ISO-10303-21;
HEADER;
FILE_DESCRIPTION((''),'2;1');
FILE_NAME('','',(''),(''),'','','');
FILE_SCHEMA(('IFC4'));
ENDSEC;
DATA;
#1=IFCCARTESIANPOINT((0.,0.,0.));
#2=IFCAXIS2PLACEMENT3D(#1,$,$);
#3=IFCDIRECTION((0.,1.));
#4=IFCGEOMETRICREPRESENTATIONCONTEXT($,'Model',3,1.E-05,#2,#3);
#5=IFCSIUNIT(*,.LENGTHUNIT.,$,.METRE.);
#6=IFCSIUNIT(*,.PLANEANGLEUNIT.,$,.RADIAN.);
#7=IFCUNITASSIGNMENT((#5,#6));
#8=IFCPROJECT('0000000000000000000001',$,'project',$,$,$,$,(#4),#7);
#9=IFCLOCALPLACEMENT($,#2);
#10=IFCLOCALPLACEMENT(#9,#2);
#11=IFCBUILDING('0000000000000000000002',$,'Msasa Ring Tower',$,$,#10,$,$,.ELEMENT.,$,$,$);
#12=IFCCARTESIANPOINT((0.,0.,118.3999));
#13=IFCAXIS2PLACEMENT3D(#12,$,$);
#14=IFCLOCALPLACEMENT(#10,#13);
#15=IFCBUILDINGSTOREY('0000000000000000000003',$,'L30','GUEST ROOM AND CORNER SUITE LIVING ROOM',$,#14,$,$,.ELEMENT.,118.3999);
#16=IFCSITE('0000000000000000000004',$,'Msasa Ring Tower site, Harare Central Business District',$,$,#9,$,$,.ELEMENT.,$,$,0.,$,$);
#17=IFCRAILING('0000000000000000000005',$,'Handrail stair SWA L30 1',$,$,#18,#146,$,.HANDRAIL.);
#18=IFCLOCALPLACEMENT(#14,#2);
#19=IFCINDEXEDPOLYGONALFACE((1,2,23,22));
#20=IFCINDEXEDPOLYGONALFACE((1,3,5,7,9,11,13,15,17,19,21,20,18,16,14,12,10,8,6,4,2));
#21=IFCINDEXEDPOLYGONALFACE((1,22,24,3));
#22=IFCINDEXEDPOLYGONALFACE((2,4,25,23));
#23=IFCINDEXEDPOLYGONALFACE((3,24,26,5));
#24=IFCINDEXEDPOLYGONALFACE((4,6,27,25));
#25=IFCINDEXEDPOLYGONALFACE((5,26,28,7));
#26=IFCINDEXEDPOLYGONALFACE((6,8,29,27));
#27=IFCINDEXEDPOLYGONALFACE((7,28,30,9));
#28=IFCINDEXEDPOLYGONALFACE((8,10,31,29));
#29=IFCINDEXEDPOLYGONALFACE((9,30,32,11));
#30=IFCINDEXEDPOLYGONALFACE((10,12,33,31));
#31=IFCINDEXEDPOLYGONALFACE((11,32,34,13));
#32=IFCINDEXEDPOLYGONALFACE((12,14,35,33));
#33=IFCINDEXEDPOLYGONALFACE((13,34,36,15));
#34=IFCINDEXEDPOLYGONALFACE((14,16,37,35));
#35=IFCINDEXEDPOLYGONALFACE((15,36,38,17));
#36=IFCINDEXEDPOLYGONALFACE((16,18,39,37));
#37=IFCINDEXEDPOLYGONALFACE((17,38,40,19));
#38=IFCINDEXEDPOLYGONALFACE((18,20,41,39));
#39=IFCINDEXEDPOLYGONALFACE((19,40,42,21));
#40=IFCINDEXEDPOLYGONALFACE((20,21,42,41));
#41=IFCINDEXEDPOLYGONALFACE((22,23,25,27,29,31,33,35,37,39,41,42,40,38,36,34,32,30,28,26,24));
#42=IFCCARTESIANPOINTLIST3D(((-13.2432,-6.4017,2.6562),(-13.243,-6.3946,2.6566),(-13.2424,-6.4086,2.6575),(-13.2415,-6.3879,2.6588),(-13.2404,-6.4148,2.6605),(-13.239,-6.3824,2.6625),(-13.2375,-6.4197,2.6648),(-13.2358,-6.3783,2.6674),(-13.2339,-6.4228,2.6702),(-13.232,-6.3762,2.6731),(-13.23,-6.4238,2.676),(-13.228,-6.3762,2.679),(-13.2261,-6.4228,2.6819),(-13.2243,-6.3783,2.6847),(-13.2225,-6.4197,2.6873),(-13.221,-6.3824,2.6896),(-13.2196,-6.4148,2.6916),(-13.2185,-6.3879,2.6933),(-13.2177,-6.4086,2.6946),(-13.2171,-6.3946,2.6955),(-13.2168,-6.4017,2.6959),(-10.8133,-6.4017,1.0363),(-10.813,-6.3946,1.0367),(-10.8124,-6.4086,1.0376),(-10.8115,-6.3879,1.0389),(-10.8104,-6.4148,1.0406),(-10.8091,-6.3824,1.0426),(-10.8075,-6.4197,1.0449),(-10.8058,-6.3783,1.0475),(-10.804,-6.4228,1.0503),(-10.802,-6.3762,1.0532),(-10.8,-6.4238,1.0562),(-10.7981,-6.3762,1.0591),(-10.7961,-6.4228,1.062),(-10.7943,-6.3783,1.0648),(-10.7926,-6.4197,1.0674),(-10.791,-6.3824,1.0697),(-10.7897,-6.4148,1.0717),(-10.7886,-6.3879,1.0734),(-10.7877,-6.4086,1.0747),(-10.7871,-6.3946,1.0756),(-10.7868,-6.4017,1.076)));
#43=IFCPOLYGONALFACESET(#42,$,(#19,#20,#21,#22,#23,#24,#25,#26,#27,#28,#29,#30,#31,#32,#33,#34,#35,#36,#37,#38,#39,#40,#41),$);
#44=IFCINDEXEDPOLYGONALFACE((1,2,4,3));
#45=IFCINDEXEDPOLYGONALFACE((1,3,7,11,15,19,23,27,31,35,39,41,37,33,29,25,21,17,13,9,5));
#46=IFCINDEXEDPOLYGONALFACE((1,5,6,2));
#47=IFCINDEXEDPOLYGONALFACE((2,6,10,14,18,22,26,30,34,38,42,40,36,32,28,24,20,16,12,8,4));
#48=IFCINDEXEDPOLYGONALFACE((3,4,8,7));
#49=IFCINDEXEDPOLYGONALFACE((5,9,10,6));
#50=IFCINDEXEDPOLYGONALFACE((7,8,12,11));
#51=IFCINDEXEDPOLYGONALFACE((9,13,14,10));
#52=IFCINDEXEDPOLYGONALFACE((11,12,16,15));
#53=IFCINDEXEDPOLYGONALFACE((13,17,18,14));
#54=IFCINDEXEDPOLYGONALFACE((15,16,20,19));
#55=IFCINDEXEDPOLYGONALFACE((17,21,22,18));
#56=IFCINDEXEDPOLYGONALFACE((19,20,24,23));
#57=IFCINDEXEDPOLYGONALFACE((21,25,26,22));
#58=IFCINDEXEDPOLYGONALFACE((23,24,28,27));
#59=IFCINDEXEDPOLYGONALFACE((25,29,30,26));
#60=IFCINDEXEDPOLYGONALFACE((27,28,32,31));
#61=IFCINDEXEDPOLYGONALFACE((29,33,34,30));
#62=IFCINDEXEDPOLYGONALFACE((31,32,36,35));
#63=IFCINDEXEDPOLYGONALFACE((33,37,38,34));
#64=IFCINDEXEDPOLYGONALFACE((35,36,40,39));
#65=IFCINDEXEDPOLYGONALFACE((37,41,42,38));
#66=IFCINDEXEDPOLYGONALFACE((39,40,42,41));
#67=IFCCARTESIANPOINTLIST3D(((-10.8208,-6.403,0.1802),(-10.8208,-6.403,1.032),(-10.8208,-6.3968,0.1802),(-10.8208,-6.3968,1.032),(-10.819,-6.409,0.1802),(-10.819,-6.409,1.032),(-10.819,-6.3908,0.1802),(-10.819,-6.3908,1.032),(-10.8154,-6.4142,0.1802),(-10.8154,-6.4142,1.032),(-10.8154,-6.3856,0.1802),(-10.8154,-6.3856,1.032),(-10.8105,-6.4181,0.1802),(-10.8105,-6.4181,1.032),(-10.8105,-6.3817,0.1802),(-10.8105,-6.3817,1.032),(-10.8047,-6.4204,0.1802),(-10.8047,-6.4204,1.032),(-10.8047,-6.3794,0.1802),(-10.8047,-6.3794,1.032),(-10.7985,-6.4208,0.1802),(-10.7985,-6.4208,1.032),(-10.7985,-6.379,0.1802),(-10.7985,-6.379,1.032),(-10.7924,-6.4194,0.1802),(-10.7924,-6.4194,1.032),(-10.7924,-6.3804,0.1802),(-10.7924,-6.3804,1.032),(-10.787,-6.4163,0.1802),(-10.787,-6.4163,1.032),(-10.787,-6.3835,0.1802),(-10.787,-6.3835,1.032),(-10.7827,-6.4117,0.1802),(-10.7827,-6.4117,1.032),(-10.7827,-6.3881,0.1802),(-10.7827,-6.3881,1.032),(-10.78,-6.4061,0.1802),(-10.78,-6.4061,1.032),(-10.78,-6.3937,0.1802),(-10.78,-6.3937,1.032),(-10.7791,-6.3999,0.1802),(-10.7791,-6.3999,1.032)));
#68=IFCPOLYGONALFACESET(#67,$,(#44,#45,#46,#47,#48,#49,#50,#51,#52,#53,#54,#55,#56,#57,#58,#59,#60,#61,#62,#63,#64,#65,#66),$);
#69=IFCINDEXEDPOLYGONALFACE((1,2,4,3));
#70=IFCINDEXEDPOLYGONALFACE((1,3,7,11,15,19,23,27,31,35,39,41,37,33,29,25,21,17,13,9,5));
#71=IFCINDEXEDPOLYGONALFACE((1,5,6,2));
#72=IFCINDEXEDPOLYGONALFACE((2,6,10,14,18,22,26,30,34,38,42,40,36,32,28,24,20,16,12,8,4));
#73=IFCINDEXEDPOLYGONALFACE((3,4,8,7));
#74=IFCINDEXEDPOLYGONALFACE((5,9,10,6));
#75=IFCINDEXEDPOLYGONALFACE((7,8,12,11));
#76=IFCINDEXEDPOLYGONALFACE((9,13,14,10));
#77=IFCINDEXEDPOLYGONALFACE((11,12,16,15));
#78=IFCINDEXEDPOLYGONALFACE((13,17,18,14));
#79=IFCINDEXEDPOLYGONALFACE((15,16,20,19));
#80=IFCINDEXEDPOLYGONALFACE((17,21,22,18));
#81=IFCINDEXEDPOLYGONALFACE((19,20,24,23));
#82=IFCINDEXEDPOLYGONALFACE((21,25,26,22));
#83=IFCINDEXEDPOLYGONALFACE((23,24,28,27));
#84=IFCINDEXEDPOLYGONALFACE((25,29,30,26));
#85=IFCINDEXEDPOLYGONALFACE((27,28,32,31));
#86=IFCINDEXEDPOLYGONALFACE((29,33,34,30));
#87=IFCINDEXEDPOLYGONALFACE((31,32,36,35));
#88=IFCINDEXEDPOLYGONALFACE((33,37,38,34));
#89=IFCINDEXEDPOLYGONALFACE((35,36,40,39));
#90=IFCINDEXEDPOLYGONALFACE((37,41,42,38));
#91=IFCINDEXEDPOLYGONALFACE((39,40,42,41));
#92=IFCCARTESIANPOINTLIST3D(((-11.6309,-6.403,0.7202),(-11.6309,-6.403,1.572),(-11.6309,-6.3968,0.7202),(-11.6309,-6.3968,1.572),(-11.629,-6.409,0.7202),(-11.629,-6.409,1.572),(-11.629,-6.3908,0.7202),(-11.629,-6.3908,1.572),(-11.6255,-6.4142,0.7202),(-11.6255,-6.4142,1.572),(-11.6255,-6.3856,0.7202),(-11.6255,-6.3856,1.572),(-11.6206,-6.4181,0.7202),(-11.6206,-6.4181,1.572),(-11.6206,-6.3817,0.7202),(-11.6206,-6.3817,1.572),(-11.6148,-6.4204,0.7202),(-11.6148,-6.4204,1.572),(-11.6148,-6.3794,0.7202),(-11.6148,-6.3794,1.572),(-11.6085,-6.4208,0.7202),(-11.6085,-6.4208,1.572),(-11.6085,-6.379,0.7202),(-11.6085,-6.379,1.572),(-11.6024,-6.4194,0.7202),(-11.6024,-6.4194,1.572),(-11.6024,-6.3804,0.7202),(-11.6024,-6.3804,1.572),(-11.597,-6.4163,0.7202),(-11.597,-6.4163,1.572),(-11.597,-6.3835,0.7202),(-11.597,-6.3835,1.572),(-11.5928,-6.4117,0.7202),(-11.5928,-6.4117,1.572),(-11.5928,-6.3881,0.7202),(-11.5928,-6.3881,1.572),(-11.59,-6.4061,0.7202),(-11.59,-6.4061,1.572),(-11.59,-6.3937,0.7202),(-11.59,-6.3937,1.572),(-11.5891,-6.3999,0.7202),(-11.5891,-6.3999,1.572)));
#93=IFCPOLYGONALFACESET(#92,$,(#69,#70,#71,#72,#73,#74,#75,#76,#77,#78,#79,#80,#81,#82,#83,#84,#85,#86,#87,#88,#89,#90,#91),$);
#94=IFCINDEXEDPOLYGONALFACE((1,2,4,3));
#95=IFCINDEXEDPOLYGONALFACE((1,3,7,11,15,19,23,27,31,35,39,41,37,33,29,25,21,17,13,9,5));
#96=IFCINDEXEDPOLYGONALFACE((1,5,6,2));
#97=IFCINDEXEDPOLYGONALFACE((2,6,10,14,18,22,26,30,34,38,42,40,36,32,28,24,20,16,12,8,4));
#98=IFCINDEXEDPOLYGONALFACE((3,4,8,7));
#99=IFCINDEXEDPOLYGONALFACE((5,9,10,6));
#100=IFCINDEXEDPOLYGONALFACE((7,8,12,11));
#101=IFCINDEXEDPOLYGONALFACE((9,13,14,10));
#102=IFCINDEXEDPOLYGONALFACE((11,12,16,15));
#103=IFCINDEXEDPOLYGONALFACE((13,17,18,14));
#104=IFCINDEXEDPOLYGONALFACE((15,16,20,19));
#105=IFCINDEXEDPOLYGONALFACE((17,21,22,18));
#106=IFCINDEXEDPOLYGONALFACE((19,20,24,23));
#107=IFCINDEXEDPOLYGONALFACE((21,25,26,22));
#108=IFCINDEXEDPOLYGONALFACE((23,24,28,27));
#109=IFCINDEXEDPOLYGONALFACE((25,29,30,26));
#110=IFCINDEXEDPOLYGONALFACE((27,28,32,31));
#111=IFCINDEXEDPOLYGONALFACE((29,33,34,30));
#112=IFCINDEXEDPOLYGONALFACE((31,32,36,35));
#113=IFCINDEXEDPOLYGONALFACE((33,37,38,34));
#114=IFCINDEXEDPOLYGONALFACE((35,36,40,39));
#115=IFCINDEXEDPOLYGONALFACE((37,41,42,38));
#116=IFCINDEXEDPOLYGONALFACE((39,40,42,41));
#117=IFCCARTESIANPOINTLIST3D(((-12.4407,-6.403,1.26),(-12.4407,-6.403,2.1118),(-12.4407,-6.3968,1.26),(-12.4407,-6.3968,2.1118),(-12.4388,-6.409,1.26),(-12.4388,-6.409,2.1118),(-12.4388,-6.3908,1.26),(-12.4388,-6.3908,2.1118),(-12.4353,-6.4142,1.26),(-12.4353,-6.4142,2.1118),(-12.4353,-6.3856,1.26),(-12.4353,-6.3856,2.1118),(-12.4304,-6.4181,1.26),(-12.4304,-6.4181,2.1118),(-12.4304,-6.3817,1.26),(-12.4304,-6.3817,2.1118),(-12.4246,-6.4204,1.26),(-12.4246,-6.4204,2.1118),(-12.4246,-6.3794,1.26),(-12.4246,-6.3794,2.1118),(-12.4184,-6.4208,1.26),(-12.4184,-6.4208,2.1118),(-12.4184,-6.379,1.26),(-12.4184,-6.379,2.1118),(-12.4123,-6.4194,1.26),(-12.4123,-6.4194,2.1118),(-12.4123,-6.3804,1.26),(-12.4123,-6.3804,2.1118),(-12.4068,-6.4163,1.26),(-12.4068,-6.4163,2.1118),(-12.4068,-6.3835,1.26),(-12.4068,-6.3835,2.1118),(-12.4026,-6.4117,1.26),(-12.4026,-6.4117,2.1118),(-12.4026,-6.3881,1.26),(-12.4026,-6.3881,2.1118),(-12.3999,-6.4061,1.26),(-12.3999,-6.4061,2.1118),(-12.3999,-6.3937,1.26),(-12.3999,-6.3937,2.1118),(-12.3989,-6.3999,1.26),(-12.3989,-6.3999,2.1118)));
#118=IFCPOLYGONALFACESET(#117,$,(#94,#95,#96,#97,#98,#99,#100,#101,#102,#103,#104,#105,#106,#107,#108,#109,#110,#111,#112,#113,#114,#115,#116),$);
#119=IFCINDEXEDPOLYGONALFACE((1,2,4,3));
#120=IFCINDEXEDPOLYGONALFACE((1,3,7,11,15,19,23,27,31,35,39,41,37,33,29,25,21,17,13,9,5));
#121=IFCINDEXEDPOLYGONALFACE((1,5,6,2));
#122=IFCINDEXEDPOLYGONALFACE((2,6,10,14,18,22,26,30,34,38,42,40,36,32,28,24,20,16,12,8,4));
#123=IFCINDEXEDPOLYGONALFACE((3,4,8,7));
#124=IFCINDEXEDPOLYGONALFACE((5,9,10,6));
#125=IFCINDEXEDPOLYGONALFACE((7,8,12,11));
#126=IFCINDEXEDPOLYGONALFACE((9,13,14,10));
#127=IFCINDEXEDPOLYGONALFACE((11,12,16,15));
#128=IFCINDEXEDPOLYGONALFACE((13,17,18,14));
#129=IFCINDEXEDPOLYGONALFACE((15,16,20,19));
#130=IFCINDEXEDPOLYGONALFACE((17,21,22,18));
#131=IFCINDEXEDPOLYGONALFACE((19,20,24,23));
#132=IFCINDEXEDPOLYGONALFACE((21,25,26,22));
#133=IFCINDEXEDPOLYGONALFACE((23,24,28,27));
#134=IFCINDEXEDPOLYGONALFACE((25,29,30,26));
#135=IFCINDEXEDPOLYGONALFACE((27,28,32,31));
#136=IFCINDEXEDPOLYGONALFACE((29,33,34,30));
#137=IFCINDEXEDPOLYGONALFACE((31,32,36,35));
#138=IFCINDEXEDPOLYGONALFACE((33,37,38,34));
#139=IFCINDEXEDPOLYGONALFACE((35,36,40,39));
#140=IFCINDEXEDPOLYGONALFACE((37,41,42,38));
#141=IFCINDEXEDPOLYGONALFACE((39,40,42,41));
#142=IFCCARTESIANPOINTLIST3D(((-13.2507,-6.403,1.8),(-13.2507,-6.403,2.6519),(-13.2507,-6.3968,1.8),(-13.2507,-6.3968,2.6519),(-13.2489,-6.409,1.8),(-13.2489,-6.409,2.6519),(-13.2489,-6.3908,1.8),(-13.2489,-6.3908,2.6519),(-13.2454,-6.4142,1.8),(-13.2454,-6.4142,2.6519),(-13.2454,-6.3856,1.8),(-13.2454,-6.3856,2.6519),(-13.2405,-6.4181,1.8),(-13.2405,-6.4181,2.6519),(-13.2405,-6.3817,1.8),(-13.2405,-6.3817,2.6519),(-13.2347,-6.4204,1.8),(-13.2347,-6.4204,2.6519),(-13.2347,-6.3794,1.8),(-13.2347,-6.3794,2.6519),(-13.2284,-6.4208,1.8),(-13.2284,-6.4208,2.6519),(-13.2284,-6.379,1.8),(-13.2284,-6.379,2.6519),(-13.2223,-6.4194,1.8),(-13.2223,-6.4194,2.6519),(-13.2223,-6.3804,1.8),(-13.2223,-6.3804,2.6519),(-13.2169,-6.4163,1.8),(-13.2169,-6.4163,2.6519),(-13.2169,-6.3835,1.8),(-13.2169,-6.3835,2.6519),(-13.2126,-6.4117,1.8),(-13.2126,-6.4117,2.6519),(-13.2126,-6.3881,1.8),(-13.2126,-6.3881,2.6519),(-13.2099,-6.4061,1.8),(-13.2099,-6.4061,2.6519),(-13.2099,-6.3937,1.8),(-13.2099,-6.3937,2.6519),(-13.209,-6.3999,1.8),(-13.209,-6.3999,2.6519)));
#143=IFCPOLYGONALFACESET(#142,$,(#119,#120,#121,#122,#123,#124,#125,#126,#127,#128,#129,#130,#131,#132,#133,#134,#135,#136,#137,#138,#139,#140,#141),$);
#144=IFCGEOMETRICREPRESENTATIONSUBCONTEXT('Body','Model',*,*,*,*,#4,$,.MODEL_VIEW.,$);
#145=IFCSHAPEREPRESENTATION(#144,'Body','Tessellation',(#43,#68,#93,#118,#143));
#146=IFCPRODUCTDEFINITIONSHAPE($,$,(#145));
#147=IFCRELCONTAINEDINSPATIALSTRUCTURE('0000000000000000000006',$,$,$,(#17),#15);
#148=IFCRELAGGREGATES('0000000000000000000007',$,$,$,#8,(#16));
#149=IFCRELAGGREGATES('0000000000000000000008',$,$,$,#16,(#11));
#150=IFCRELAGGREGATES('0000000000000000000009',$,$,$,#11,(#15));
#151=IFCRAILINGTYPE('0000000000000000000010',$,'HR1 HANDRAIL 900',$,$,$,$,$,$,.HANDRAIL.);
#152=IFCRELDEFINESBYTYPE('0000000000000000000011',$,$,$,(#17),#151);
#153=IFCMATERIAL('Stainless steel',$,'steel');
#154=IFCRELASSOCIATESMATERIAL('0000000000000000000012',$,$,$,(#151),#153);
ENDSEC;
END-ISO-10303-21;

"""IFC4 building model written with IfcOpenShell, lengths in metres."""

from ifc_helpers import new_model, si_unit, direction, frame, origin, origin_2d, place, context, subcontext, project, spatial, circle, extrude, material, type_object, element, save


model = new_model("IFC4")

# Units and contexts
model_context = context("Model", 3, precision=1e-05, world=origin(), true_north=direction((0.0, 1.0)))
body_context = subcontext(model_context, "Body", "Model", "MODEL_VIEW")
ifc_project = project(units=[si_unit("LENGTHUNIT", "METRE"), si_unit("PLANEANGLEUNIT", "RADIAN")], contexts=[model_context])

# Site, building, storey
site_placement = place(None, origin())
site = spatial("IfcSite", under=ifc_project, at=site_placement, Name="Msasa Ring Tower site, Harare Central Business District", CompositionType="ELEMENT", RefElevation=0.0)
building_placement = place(site_placement, origin())
building = spatial("IfcBuilding", under=site, at=building_placement, Name="Msasa Ring Tower", CompositionType="ELEMENT")
storey_placement = place(building_placement, frame((0.0, 0.0, 118.3999)))
storey = spatial("IfcBuildingStorey", under=building, at=storey_placement, Name="L30", Description="GUEST ROOM AND CORNER SUITE LIVING ROOM", CompositionType="ELEMENT", Elevation=118.3999)

# Railing
ifc_material_1 = material(Name="Stainless steel", Category="steel")
railing_type = type_object("IfcRailingType", Name="HR1 HANDRAIL 900", PredefinedType="HANDRAIL", material=ifc_material_1)
for number, where, name in (
    (1, (-10.8, -6.3999, 0.1802), "Handrail stair SWA L30 1"),
):
    element("IfcRailing", number, at=place(storey_placement, frame(where)), inside=storey, type_object=railing_type, Name=name, PredefinedType="HANDRAIL", context=body_context, shape_type="SweptSolid", body=[
        extrude(circle(Radius=0.0239, at=origin_2d()), frame((0.0, 0.0, 0.876), z_axis=(-0.832063, 0.0, 0.554681), x_axis=(0.0, -1.0, 0.0)), (0.0, 0.0, 1.0), 2.9204),
        extrude(circle(Radius=0.021, at=origin_2d()), origin(), (0.0, 0.0, 1.0), 0.8518),
        extrude(circle(Radius=0.021, at=origin_2d()), frame((-0.8101, 0.0, 0.54)), (0.0, 0.0, 1.0), 0.8518),
        extrude(circle(Radius=0.021, at=origin_2d()), frame((-1.6199, 0.0, 1.0798)), (0.0, 0.0, 1.0), 0.8518),
        extrude(circle(Radius=0.021, at=origin_2d()), frame((-2.4299, 0.0, 1.6199)), (0.0, 0.0, 1.0), 0.8518),
    ])

save(model, "model.ifc")
